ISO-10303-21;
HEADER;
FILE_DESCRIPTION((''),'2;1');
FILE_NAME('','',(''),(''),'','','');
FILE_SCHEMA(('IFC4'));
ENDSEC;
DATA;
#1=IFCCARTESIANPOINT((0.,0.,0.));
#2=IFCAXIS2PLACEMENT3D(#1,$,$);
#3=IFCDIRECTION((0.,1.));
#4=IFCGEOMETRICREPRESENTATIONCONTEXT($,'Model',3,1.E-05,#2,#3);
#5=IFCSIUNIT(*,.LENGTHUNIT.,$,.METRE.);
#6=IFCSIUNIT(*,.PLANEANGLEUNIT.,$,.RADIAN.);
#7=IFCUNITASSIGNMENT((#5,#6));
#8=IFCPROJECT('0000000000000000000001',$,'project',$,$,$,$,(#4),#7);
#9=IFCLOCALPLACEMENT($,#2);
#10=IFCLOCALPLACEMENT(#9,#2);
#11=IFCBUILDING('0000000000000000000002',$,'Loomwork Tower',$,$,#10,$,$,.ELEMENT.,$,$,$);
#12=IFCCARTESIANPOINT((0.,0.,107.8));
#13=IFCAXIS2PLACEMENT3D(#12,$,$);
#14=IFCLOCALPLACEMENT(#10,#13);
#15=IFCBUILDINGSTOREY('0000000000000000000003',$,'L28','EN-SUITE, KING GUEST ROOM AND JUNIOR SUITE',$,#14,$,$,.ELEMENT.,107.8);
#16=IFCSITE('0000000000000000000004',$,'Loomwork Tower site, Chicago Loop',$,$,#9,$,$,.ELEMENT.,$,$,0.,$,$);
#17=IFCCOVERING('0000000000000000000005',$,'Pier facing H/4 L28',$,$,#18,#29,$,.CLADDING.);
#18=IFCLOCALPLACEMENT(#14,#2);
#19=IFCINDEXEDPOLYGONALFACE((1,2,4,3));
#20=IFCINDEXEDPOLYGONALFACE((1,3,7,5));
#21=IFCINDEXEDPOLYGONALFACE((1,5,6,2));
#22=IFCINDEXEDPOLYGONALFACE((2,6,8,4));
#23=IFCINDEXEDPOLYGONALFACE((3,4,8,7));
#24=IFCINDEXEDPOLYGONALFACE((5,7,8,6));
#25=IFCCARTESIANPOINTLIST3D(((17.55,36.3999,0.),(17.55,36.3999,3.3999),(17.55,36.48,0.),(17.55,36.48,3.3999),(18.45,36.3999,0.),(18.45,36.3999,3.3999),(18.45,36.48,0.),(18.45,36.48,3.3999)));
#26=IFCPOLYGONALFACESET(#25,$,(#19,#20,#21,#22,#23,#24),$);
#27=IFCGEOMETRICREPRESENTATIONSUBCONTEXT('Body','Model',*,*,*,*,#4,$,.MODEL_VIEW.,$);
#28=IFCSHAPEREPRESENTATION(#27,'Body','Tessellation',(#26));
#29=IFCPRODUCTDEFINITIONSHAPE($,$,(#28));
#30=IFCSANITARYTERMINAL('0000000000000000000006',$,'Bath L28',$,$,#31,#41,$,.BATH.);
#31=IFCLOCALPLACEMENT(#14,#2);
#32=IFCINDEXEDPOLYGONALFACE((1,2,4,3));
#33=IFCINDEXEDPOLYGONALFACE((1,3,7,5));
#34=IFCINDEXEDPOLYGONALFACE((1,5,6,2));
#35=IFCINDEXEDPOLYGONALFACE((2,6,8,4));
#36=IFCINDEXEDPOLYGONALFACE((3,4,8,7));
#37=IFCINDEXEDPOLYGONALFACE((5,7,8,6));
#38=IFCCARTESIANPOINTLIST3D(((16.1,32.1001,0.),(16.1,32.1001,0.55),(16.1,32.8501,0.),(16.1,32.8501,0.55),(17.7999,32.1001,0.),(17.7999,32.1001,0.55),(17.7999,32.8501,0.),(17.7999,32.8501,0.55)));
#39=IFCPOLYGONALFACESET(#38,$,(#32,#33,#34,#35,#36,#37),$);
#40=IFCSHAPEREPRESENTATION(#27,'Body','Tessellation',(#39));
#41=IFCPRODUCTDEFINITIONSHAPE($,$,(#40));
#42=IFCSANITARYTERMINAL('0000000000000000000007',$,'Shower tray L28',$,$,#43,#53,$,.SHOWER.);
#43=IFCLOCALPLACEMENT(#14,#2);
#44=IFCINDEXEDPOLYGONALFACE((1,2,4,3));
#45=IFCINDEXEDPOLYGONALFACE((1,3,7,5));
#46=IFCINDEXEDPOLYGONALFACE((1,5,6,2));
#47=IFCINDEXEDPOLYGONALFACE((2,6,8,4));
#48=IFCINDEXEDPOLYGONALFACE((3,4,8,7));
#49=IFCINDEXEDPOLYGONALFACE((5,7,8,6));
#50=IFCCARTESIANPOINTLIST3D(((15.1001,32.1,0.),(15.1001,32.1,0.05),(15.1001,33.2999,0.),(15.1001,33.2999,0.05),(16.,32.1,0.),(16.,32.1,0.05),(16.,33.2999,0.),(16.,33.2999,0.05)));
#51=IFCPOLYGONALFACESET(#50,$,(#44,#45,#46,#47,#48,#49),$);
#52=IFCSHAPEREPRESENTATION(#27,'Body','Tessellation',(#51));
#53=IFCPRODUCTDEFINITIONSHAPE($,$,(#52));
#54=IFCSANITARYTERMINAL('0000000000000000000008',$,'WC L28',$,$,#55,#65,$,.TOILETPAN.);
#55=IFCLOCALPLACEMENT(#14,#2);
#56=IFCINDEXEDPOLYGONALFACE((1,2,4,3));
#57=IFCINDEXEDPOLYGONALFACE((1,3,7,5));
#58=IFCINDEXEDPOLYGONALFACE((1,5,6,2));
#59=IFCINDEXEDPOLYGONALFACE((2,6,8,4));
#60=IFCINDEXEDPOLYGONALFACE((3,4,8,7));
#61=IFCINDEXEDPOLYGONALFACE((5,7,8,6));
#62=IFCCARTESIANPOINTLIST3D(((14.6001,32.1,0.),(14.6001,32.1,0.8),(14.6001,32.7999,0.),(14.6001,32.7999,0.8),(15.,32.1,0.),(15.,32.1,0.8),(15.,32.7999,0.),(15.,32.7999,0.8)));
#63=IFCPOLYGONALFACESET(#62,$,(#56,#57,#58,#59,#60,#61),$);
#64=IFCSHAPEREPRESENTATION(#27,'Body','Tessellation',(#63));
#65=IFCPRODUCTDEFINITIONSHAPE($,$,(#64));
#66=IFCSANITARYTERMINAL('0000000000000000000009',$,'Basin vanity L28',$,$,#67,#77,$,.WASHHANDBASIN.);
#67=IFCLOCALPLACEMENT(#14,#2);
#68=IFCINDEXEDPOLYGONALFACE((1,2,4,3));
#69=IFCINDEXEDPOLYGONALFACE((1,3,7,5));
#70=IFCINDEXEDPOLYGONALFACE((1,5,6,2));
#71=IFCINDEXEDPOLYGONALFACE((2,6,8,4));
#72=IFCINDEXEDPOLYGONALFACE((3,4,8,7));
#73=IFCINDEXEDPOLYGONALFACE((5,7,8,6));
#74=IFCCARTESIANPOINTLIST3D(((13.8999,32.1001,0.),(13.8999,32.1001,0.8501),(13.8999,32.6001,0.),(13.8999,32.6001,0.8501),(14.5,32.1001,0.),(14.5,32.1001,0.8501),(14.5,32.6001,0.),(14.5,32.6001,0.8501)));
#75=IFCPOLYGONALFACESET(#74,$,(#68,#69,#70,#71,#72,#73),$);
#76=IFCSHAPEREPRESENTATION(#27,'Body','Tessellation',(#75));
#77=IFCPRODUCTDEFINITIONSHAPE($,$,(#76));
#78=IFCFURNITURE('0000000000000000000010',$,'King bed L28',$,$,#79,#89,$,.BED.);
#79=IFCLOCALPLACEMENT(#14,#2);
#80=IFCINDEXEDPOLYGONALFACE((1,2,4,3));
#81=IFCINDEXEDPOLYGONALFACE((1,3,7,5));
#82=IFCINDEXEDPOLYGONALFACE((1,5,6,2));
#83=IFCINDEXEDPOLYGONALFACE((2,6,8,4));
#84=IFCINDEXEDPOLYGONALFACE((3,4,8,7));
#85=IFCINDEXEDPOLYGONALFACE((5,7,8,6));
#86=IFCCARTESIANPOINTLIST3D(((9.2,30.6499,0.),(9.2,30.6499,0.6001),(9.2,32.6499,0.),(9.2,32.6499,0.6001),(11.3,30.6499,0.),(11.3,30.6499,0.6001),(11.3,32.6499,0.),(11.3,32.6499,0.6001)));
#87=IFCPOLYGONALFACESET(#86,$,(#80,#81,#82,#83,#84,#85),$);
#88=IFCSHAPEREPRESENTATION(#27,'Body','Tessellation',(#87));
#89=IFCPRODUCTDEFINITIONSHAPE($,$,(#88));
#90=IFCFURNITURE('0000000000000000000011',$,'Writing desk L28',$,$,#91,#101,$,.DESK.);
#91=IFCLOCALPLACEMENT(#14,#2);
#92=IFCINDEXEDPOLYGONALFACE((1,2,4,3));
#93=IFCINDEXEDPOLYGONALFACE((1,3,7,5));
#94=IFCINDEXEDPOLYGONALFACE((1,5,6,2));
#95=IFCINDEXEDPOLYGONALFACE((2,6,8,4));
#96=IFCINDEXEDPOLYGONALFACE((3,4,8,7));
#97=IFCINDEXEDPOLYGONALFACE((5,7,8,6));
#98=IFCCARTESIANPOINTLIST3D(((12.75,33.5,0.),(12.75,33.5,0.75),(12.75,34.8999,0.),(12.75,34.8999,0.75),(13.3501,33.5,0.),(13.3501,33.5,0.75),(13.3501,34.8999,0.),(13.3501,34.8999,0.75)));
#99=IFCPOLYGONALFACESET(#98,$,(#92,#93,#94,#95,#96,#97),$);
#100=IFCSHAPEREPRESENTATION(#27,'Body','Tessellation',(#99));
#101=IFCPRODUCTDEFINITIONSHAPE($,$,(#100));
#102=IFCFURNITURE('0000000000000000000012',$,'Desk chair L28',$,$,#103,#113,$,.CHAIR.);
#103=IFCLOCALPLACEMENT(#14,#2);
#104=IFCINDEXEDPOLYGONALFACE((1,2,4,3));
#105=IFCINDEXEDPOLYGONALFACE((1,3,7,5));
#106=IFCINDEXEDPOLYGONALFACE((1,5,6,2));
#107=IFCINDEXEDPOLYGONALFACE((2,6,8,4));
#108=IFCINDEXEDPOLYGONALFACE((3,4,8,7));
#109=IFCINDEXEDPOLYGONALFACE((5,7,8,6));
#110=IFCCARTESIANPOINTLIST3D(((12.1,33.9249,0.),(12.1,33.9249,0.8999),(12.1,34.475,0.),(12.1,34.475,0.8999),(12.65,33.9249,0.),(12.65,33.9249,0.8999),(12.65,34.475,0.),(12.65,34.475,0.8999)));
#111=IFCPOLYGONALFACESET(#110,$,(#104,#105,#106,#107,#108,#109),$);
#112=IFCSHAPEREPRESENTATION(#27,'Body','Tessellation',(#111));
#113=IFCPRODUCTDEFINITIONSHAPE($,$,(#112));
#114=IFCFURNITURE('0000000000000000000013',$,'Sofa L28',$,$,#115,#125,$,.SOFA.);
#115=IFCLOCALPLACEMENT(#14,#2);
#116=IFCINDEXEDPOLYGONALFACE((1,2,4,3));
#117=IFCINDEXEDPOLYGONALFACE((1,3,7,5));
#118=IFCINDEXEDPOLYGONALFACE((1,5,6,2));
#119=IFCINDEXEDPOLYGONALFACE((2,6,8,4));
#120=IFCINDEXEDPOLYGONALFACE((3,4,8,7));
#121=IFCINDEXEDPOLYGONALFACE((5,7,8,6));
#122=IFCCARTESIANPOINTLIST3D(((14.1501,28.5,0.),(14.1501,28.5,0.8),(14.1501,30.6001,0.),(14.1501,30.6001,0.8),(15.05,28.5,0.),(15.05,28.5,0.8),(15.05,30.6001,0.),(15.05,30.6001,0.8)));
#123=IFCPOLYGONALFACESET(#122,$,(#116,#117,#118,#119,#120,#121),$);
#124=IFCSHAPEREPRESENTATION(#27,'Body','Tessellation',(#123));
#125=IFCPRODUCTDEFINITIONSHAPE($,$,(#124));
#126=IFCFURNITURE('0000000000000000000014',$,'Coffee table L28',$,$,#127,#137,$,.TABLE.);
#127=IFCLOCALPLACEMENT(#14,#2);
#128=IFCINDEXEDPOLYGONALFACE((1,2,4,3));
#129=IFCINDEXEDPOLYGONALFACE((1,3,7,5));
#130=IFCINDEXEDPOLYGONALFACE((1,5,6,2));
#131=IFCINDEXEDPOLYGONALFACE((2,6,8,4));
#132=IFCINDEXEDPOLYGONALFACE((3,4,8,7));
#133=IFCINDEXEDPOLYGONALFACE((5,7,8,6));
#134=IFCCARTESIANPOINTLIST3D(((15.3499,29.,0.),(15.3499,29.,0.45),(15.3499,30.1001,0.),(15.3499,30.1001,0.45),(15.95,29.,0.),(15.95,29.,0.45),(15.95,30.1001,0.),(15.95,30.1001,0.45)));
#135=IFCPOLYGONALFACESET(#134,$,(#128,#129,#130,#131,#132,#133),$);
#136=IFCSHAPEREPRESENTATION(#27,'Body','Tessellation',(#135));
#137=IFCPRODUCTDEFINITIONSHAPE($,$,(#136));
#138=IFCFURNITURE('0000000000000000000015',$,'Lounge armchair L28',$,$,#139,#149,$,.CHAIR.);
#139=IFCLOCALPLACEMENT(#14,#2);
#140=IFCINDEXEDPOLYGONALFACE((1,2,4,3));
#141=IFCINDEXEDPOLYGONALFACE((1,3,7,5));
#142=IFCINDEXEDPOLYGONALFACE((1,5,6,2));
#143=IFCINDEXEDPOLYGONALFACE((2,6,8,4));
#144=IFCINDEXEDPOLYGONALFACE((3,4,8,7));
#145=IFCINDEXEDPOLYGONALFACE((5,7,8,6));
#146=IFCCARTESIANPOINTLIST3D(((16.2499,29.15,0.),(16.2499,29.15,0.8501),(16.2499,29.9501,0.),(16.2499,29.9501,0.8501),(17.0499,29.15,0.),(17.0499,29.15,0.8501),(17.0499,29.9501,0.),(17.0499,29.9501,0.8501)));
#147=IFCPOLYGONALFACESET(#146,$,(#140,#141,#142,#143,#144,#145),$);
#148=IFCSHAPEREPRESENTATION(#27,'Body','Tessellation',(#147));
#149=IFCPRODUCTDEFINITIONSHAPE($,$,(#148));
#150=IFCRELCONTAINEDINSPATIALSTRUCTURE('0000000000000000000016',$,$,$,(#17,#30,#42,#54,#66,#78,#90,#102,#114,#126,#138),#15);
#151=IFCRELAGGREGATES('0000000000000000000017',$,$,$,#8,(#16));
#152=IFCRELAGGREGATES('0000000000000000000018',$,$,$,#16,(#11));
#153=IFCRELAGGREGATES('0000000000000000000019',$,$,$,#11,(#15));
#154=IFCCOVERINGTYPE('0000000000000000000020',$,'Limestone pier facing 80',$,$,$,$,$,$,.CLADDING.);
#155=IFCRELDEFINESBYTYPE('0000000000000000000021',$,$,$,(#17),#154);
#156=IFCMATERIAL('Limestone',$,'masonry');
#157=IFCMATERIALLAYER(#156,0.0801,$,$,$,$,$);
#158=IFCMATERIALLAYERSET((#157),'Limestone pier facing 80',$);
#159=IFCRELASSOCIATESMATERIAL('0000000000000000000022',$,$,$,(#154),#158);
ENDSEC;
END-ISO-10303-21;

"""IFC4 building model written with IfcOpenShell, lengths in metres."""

from ifc_helpers import new_model, si_unit, direction, frame, origin, origin_2d, place, context, subcontext, project, spatial, rectangle, extrude, material, layer, layer_set, type_object, element, save


model = new_model("IFC4")

# Units and contexts
model_context = context("Model", 3, precision=1e-05, world=origin(), true_north=direction((0.0, 1.0)))
body_context = subcontext(model_context, "Body", "Model", "MODEL_VIEW")
ifc_project = project(units=[si_unit("LENGTHUNIT", "METRE"), si_unit("PLANEANGLEUNIT", "RADIAN")], contexts=[model_context])

# Site, building, storey
site_placement = place(None, origin())
site = spatial("IfcSite", under=ifc_project, at=site_placement, Name="Loomwork Tower site, Chicago Loop", CompositionType="ELEMENT", RefElevation=0.0)
building_placement = place(site_placement, origin())
building = spatial("IfcBuilding", under=site, at=building_placement, Name="Loomwork Tower", CompositionType="ELEMENT")
storey_placement = place(building_placement, frame((0.0, 0.0, 107.8)))
storey = spatial("IfcBuildingStorey", under=building, at=storey_placement, Name="L28", Description="EN-SUITE, KING GUEST ROOM AND JUNIOR SUITE", CompositionType="ELEMENT", Elevation=107.8)

# Covering
ifc_material_1 = material(Name="Limestone", Category="masonry")
ifc_layer_1 = layer(ifc_material_1, 0.0801)
ifc_layer_set_1 = layer_set([ifc_layer_1], Name="Limestone pier facing 80")
covering_type = type_object("IfcCoveringType", Name="Limestone pier facing 80", PredefinedType="CLADDING", material=ifc_layer_set_1)
for number, where, z_axis, x_axis, name in (
    (1, (18.0, 36.4399, 0.0), (0.0, 0.0, 1.0), (1.0, 0.0, 0.0), "Pier facing H/4 L28"),
):
    element("IfcCovering", number, at=place(storey_placement, frame(where, z_axis=z_axis, x_axis=x_axis)), inside=storey, type_object=covering_type, Name=name, PredefinedType="CLADDING", context=body_context, shape_type="SweptSolid", body=[
        extrude(rectangle(XDim=0.8999, YDim=0.0801, at=origin_2d()), origin(), (0.0, 0.0, 1.0), 3.3999),
    ])

# Sanitary terminals
sanitary_terminal_1_placement = place(storey_placement, frame((16.95, 32.4751, 0.0), z_axis=(0.0, 0.0, 1.0), x_axis=(1.0, 0.0, 0.0)))
element("IfcSanitaryTerminal", 2, at=sanitary_terminal_1_placement, inside=storey, Name="Bath L28", PredefinedType="BATH", context=body_context, shape_type="SweptSolid", body=[
    extrude(rectangle(XDim=1.7, YDim=0.75, at=origin_2d()), origin(), (0.0, 0.0, 1.0), 0.55),
])
sanitary_terminal_2_placement = place(storey_placement, frame((15.55, 32.7, 0.0), z_axis=(0.0, 0.0, 1.0), x_axis=(1.0, 0.0, 0.0)))
element("IfcSanitaryTerminal", 3, at=sanitary_terminal_2_placement, inside=storey, Name="Shower tray L28", PredefinedType="SHOWER", context=body_context, shape_type="SweptSolid", body=[
    extrude(rectangle(XDim=0.8999, YDim=1.2, at=origin_2d()), origin(), (0.0, 0.0, 1.0), 0.05),
])
sanitary_terminal_3_placement = place(storey_placement, frame((14.8, 32.45, 0.0), z_axis=(0.0, 0.0, 1.0), x_axis=(1.0, 0.0, 0.0)))
element("IfcSanitaryTerminal", 4, at=sanitary_terminal_3_placement, inside=storey, Name="WC L28", PredefinedType="TOILETPAN", context=body_context, shape_type="SweptSolid", body=[
    extrude(rectangle(XDim=0.3999, YDim=0.7, at=origin_2d()), origin(), (0.0, 0.0, 1.0), 0.8),
])
sanitary_terminal_4_placement = place(storey_placement, frame((14.2, 32.3501, 0.0), z_axis=(0.0, 0.0, 1.0), x_axis=(1.0, 0.0, 0.0)))
element("IfcSanitaryTerminal", 5, at=sanitary_terminal_4_placement, inside=storey, Name="Basin vanity L28", PredefinedType="WASHHANDBASIN", context=body_context, shape_type="SweptSolid", body=[
    extrude(rectangle(XDim=0.6001, YDim=0.5, at=origin_2d()), origin(), (0.0, 0.0, 1.0), 0.8501),
])

# Furniture
furniture_1_placement = place(storey_placement, frame((10.25, 31.6499, 0.0), z_axis=(0.0, 0.0, 1.0), x_axis=(1.0, 0.0, 0.0)))
element("IfcFurniture", 6, at=furniture_1_placement, inside=storey, Name="King bed L28", PredefinedType="BED", context=body_context, shape_type="SweptSolid", body=[
    extrude(rectangle(XDim=2.1001, YDim=2.0, at=origin_2d()), origin(), (0.0, 0.0, 1.0), 0.6001),
])
furniture_2_placement = place(storey_placement, frame((13.05, 34.2, 0.0), z_axis=(0.0, 0.0, 1.0), x_axis=(1.0, 0.0, 0.0)))
element("IfcFurniture", 7, at=furniture_2_placement, inside=storey, Name="Writing desk L28", PredefinedType="DESK", context=body_context, shape_type="SweptSolid", body=[
    extrude(rectangle(XDim=0.6001, YDim=1.3999, at=origin_2d()), origin(), (0.0, 0.0, 1.0), 0.75),
])
furniture_3_placement = place(storey_placement, frame((12.375, 34.2, 0.0), z_axis=(0.0, 0.0, 1.0), x_axis=(1.0, 0.0, 0.0)))
element("IfcFurniture", 8, at=furniture_3_placement, inside=storey, Name="Desk chair L28", PredefinedType="CHAIR", context=body_context, shape_type="SweptSolid", body=[
    extrude(rectangle(XDim=0.55, YDim=0.55, at=origin_2d()), origin(), (0.0, 0.0, 1.0), 0.8999),
])
furniture_4_placement = place(storey_placement, frame((14.6001, 29.55, 0.0), z_axis=(0.0, 0.0, 1.0), x_axis=(1.0, 0.0, 0.0)))
element("IfcFurniture", 9, at=furniture_4_placement, inside=storey, Name="Sofa L28", PredefinedType="SOFA", context=body_context, shape_type="SweptSolid", body=[
    extrude(rectangle(XDim=0.8999, YDim=2.1001, at=origin_2d()), origin(), (0.0, 0.0, 1.0), 0.8),
])
furniture_5_placement = place(storey_placement, frame((15.6499, 29.55, 0.0), z_axis=(0.0, 0.0, 1.0), x_axis=(1.0, 0.0, 0.0)))
element("IfcFurniture", 10, at=furniture_5_placement, inside=storey, Name="Coffee table L28", PredefinedType="TABLE", context=body_context, shape_type="SweptSolid", body=[
    extrude(rectangle(XDim=0.6001, YDim=1.1001, at=origin_2d()), origin(), (0.0, 0.0, 1.0), 0.45),
])
furniture_6_placement = place(storey_placement, frame((16.6499, 29.55, 0.0), z_axis=(0.0, 0.0, 1.0), x_axis=(1.0, 0.0, 0.0)))
element("IfcFurniture", 11, at=furniture_6_placement, inside=storey, Name="Lounge armchair L28", PredefinedType="CHAIR", context=body_context, shape_type="SweptSolid", body=[
    extrude(rectangle(XDim=0.8, YDim=0.8, at=origin_2d()), origin(), (0.0, 0.0, 1.0), 0.8501),
])

save(model, "model.ifc")
